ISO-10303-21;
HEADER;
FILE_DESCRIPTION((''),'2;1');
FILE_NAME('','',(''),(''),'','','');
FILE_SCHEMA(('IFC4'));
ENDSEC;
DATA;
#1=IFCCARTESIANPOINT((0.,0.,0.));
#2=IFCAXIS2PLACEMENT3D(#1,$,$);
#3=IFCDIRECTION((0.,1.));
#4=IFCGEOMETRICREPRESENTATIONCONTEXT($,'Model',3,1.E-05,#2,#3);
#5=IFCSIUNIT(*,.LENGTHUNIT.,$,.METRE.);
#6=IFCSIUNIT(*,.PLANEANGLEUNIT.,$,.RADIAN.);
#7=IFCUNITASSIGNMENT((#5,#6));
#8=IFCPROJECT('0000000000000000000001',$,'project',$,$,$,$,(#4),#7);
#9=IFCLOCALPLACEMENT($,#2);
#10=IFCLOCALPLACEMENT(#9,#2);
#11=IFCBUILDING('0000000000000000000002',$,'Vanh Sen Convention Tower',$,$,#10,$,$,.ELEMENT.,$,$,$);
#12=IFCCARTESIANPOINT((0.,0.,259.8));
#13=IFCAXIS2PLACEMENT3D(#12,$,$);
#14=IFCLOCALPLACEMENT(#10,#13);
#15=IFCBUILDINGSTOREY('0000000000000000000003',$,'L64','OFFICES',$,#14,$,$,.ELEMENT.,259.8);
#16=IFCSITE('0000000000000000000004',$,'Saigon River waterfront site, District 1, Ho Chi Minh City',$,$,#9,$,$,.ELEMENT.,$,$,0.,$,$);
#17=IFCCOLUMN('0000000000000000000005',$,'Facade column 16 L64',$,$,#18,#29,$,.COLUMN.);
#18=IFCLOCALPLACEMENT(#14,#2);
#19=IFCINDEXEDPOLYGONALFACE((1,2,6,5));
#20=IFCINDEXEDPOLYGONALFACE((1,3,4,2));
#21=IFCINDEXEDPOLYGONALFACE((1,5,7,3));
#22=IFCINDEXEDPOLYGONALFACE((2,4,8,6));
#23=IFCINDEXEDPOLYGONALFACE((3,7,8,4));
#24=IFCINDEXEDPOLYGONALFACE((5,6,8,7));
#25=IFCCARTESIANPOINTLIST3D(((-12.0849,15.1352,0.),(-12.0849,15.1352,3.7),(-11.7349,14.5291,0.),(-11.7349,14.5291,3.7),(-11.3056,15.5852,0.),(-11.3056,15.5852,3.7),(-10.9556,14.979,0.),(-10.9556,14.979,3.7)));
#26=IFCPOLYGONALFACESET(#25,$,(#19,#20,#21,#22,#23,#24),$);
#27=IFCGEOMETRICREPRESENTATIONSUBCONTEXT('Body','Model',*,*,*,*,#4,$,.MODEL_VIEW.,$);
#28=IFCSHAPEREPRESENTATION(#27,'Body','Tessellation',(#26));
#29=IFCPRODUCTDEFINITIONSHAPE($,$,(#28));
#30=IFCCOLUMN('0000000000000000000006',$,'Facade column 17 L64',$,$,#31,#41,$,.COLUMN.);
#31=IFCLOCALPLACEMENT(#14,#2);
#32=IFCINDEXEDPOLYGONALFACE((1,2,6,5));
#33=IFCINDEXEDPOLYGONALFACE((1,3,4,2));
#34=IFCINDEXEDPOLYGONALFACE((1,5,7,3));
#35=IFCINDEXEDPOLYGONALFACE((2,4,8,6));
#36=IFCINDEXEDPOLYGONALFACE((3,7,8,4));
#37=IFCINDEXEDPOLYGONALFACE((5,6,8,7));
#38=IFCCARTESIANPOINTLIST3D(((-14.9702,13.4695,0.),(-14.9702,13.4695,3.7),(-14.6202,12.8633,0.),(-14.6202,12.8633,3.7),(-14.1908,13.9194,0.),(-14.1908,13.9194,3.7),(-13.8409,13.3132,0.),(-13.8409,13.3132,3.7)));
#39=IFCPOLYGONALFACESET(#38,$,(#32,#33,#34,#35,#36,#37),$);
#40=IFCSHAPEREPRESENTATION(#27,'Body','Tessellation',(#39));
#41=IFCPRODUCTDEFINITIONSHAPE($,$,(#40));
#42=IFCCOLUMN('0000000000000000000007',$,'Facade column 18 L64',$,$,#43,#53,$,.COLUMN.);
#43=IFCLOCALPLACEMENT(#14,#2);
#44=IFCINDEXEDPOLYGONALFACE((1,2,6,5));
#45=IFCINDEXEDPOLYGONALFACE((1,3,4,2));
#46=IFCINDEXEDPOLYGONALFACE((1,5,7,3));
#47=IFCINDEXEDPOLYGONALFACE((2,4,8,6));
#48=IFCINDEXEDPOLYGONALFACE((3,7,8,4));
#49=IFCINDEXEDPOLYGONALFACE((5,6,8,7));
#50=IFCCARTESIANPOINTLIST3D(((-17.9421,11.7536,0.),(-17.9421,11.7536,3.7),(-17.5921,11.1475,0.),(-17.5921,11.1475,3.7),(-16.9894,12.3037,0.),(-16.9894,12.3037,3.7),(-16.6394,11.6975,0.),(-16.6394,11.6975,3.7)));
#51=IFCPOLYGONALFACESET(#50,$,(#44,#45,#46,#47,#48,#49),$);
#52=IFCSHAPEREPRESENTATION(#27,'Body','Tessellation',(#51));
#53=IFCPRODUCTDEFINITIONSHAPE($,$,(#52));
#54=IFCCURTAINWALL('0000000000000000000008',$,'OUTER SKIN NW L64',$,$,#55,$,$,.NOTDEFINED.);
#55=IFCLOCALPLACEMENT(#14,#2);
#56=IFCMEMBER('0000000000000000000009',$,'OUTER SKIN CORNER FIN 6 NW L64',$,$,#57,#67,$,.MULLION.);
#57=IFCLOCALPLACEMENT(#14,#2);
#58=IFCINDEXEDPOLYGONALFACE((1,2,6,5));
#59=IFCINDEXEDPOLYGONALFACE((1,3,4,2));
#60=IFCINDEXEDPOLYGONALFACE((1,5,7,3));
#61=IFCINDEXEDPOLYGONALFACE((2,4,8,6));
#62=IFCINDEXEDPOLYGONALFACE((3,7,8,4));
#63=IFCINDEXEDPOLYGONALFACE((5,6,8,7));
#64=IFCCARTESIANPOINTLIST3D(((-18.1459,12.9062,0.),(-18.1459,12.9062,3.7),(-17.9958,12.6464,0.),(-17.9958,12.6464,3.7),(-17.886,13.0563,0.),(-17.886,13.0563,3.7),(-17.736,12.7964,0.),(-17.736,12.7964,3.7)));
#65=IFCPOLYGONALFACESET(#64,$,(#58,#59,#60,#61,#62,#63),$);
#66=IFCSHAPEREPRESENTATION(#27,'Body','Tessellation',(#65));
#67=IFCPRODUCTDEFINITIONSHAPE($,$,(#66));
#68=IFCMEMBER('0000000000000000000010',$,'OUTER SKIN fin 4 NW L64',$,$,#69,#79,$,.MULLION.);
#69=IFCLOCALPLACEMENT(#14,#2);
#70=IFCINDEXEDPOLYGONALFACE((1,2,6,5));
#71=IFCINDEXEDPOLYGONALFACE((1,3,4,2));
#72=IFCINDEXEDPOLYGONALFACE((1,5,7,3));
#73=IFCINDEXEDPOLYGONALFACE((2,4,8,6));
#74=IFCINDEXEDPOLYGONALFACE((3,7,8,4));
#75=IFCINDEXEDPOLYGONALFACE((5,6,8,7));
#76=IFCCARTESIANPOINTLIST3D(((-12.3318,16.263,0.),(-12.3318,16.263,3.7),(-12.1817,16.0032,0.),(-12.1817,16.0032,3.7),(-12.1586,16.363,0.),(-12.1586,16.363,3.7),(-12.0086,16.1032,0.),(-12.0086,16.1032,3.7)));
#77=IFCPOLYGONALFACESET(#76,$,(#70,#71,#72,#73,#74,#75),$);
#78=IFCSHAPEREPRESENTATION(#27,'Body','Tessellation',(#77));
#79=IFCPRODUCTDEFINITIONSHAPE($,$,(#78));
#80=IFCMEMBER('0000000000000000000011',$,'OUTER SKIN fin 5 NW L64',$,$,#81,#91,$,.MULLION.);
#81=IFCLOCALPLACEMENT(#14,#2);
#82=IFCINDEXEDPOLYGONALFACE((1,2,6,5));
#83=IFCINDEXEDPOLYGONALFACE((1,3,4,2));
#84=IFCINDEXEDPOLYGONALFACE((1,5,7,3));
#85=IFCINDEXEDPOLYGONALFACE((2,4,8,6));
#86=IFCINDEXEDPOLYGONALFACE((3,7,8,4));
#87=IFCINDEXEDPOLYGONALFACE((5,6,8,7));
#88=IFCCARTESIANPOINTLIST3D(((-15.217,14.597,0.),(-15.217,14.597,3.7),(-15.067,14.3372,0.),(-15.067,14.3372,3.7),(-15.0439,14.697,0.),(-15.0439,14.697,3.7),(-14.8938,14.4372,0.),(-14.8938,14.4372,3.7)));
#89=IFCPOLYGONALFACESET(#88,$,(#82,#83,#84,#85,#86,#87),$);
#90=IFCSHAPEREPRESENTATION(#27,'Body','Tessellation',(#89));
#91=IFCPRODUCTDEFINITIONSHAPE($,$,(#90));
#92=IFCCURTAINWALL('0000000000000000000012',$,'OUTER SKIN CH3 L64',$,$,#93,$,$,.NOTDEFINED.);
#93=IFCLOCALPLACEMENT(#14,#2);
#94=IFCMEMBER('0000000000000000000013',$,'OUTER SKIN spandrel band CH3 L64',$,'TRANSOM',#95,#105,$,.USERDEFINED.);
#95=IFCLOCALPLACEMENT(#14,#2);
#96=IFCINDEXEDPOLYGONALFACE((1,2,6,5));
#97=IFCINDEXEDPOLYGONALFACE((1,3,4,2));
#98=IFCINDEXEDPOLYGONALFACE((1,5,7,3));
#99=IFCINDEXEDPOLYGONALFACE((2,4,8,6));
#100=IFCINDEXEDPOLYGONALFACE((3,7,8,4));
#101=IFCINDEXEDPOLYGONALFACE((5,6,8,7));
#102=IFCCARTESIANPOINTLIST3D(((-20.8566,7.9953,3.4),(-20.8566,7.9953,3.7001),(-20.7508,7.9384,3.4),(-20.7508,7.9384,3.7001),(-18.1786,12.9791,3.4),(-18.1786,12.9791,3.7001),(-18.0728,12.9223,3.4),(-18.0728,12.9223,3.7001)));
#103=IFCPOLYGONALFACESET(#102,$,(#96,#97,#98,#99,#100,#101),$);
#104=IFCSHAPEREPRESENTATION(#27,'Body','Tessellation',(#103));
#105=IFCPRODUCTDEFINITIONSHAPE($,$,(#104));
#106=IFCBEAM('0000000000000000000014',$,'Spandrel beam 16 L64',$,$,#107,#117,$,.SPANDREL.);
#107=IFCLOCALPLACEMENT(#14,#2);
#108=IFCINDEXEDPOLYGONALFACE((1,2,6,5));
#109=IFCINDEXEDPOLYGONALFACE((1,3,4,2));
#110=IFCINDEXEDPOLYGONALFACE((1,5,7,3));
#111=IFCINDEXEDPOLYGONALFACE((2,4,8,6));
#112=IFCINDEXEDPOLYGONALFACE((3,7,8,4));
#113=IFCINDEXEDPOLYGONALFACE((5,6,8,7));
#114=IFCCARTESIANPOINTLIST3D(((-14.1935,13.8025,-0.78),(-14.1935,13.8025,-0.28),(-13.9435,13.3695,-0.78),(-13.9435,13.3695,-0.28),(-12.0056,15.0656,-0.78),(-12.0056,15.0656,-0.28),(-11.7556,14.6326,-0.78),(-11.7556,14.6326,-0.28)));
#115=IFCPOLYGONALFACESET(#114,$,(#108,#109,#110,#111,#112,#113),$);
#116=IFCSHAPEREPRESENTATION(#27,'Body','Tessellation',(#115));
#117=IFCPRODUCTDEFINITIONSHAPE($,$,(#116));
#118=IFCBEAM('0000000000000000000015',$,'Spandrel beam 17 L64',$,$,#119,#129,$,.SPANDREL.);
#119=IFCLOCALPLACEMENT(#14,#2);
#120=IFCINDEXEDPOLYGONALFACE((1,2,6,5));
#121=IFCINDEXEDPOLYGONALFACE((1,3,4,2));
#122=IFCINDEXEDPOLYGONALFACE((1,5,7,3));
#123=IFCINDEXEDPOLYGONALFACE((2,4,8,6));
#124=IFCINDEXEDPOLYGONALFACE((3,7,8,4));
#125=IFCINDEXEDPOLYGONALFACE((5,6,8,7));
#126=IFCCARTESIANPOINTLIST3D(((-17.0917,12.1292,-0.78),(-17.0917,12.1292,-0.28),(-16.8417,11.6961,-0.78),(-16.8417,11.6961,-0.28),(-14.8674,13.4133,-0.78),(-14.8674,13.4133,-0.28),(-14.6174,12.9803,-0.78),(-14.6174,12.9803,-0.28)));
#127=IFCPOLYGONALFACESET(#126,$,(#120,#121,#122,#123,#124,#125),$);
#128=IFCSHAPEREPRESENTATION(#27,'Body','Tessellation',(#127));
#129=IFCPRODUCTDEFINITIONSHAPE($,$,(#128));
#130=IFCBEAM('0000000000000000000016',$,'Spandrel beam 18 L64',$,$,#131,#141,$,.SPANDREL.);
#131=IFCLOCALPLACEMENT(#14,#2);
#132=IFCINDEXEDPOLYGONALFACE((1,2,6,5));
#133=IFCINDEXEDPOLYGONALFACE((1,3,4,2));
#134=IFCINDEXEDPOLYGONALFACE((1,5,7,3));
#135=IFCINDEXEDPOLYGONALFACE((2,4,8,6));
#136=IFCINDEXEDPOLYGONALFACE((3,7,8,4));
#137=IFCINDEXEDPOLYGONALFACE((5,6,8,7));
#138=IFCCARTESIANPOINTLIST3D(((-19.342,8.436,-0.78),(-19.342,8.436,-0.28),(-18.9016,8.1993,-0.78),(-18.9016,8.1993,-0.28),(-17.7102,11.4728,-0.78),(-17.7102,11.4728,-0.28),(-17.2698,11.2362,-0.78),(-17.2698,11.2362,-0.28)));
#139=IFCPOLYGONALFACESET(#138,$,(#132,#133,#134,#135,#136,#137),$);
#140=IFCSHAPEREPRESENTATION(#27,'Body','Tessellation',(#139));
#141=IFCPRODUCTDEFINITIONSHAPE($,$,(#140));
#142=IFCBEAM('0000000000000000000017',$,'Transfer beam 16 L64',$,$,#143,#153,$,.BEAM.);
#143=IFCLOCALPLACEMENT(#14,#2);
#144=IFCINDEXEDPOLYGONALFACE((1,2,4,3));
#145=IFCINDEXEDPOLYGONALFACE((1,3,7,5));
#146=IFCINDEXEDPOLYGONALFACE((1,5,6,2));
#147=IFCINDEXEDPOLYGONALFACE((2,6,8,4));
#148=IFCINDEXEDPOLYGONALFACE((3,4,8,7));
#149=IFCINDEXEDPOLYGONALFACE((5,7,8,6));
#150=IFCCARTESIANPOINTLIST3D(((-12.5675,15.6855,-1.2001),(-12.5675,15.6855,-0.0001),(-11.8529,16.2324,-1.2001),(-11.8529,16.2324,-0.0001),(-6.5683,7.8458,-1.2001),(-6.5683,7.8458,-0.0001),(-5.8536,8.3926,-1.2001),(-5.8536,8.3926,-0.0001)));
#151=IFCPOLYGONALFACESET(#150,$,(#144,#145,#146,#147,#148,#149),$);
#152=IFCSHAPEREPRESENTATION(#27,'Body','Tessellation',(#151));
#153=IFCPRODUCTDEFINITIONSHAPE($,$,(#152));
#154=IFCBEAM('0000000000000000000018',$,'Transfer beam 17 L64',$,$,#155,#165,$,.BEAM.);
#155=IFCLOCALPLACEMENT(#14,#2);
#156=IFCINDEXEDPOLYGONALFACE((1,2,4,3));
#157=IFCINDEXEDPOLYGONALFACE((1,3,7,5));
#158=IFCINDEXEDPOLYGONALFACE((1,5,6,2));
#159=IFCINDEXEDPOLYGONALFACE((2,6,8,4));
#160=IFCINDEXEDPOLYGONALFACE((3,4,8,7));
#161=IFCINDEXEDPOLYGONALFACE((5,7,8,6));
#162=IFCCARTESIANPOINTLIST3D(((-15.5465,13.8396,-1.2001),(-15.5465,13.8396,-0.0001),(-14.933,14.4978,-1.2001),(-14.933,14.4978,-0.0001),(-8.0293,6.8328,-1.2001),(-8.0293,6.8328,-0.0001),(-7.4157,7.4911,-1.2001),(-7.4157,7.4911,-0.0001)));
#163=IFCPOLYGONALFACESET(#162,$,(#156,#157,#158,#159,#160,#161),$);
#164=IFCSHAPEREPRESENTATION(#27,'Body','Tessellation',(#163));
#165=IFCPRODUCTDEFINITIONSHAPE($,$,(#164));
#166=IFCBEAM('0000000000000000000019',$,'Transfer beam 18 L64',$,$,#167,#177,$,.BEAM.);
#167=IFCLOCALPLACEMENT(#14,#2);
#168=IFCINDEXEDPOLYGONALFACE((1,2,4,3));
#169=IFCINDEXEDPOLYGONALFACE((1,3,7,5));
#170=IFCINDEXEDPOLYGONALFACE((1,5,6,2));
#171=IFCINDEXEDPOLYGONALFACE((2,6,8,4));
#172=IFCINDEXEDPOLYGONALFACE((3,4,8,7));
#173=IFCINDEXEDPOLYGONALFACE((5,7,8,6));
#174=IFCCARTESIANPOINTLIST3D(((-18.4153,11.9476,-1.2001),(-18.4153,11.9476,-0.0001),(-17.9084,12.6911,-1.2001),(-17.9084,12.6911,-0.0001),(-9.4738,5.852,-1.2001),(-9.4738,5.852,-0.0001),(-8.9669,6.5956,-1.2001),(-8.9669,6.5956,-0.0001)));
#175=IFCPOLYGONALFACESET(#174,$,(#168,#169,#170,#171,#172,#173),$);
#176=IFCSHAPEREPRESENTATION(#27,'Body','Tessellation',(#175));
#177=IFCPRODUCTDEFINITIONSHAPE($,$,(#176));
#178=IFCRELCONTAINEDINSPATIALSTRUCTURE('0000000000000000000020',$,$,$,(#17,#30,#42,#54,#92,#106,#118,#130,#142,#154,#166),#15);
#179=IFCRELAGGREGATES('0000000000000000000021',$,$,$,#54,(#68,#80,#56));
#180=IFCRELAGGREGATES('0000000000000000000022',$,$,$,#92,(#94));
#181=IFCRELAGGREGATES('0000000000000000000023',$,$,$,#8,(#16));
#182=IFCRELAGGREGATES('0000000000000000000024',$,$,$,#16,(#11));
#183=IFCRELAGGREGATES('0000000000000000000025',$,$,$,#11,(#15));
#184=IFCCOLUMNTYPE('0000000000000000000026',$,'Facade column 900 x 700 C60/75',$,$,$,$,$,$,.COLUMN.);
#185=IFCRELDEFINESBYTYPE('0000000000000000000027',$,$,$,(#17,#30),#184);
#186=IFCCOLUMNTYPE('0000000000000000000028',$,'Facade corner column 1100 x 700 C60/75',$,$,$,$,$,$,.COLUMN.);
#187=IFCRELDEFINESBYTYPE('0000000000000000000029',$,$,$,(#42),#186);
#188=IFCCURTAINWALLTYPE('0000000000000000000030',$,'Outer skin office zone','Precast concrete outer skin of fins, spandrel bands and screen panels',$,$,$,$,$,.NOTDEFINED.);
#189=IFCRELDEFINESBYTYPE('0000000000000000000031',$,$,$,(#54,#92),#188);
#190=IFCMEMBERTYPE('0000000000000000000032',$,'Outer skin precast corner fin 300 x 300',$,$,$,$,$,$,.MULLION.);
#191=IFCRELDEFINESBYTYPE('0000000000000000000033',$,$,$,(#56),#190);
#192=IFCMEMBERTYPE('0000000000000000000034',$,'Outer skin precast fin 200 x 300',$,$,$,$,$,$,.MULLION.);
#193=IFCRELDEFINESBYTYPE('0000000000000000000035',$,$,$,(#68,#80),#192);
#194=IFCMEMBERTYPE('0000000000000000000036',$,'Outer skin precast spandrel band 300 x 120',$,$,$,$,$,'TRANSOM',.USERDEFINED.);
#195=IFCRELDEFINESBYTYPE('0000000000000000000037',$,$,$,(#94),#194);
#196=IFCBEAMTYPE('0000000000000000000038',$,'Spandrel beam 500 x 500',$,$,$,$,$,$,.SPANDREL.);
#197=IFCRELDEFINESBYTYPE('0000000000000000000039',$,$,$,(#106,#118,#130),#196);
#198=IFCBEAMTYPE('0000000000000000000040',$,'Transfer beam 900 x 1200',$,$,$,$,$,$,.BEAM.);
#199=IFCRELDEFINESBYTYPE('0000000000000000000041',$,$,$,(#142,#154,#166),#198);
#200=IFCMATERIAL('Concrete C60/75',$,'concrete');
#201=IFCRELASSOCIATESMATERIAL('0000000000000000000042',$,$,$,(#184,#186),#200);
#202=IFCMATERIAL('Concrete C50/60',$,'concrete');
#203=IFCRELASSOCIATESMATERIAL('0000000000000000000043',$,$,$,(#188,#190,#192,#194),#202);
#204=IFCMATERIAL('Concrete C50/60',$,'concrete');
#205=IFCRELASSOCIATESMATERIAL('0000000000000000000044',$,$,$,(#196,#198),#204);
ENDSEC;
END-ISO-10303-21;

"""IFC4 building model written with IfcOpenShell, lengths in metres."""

from ifc_helpers import new_model, si_unit, direction, frame, origin, origin_2d, place, context, subcontext, project, spatial, rectangle, extrude, material, material_profile, profile_set, type_object, element, aggregate, save


model = new_model("IFC4")

# Units and contexts
model_context = context("Model", 3, precision=1e-05, world=origin(), true_north=direction((0.0, 1.0)))
body_context = subcontext(model_context, "Body", "Model", "MODEL_VIEW")
ifc_project = project(units=[si_unit("LENGTHUNIT", "METRE"), si_unit("PLANEANGLEUNIT", "RADIAN")], contexts=[model_context])

# Site, building, storey
site_placement = place(None, origin())
site = spatial("IfcSite", under=ifc_project, at=site_placement, Name="Saigon River waterfront site, District 1, Ho Chi Minh City", CompositionType="ELEMENT", RefElevation=0.0)
building_placement = place(site_placement, origin())
building = spatial("IfcBuilding", under=site, at=building_placement, Name="Vanh Sen Convention Tower", CompositionType="ELEMENT")
storey_placement = place(building_placement, frame((0.0, 0.0, 259.8)))
storey = spatial("IfcBuildingStorey", under=building, at=storey_placement, Name="L64", Description="OFFICES", CompositionType="ELEMENT", Elevation=259.8)

# Columns
ifc_material_1 = material(Name="Concrete C60/75", Category="concrete")
ifc_material_profile_1 = material_profile(ifc_material_1, rectangle(XDim=0.8999, YDim=0.7, at=origin_2d()), Name="RC 900X700")
ifc_profile_set_1 = profile_set([ifc_material_profile_1], Name="Concrete C60/75")
column_type_1 = type_object("IfcColumnType", Name="Facade column 900 x 700 C60/75", PredefinedType="COLUMN", material=ifc_profile_set_1)
for number, where, z_axis, x_axis, name in (
    (1, (-11.5203, 15.0571, 0.0), (0.0, 0.0, 1.0), (-0.866025, -0.5, 0.0), "Facade column 16 L64"),
    (2, (-14.4055, 13.3914, 0.0), (0.0, 0.0, 1.0), (-0.866025, -0.5, 0.0), "Facade column 17 L64"),
):
    element("IfcColumn", number, at=place(storey_placement, frame(where, z_axis=z_axis, x_axis=x_axis)), inside=storey, type_object=column_type_1, Name=name, PredefinedType="COLUMN", context=body_context, shape_type="SweptSolid", body=[
        extrude(rectangle(XDim=0.8999, YDim=0.7, at=origin_2d()), origin(), (0.0, 0.0, 1.0), 3.7),
    ])
ifc_material_profile_2 = material_profile(ifc_material_1, rectangle(XDim=1.1001, YDim=0.7, at=origin_2d()), Name="RC 1100X700")
ifc_profile_set_2 = profile_set([ifc_material_profile_2], Name="Concrete C60/75")
column_type_2 = type_object("IfcColumnType", Name="Facade corner column 1100 x 700 C60/75", PredefinedType="COLUMN", material=ifc_profile_set_2)
column_placement = place(storey_placement, frame((-17.2908, 11.7256, 0.0), z_axis=(0.0, 0.0, 1.0), x_axis=(-0.866025, -0.5, 0.0)))
element("IfcColumn", 3, at=column_placement, inside=storey, type_object=column_type_2, Name="Facade column 18 L64", PredefinedType="COLUMN", context=body_context, shape_type="SweptSolid", body=[
    extrude(rectangle(XDim=1.1001, YDim=0.7, at=origin_2d()), origin(), (0.0, 0.0, 1.0), 3.7),
])

# Curtain wall, members
ifc_material_2 = material(Name="Concrete C50/60", Category="concrete")
curtain_wall_type = type_object("IfcCurtainWallType", Name="Outer skin office zone", Description="Precast concrete outer skin of fins, spandrel bands and screen panels", PredefinedType="NOTDEFINED", material=ifc_material_2)
curtain_wall_1_placement = place(storey_placement, origin())
curtain_wall_1 = element("IfcCurtainWall", 4, at=curtain_wall_1_placement, inside=storey, type_object=curtain_wall_type, Name="OUTER SKIN NW L64", PredefinedType="NOTDEFINED")
ifc_material_profile_3 = material_profile(ifc_material_2, rectangle(XDim=0.3, YDim=0.3, at=origin_2d()), Name="Outer skin precast corner fin 300 x 300")
ifc_profile_set_3 = profile_set([ifc_material_profile_3], Name="Concrete C50/60")
member_type_1 = type_object("IfcMemberType", Name="Outer skin precast corner fin 300 x 300", PredefinedType="MULLION", material=ifc_profile_set_3)
member_1_placement = place(storey_placement, frame((-17.9409, 12.8513, 0.0), z_axis=(0.0, 0.0, 1.0), x_axis=(-0.866025, -0.5, 0.0)))
member_1 = element("IfcMember", 5, at=member_1_placement, type_object=member_type_1, Name="OUTER SKIN CORNER FIN 6 NW L64", PredefinedType="MULLION", context=body_context, shape_type="SweptSolid", body=[
    extrude(rectangle(XDim=0.3, YDim=0.3, at=origin_2d()), origin(), (0.0, 0.0, 1.0), 3.7),
])
ifc_material_profile_4 = material_profile(ifc_material_2, rectangle(XDim=0.2, YDim=0.3, at=origin_2d()), Name="Outer skin precast fin 200 x 300")
ifc_profile_set_4 = profile_set([ifc_material_profile_4], Name="Concrete C50/60")
member_type_2 = type_object("IfcMemberType", Name="Outer skin precast fin 200 x 300", PredefinedType="MULLION", material=ifc_profile_set_4)
member_2_placement = place(storey_placement, frame((-12.1702, 16.1831, 0.0), z_axis=(0.0, 0.0, 1.0), x_axis=(-0.866025, -0.5, 0.0)))
member_2 = element("IfcMember", 6, at=member_2_placement, type_object=member_type_2, Name="OUTER SKIN fin 4 NW L64", PredefinedType="MULLION", context=body_context, shape_type="SweptSolid", body=[
    extrude(rectangle(XDim=0.2, YDim=0.3, at=origin_2d()), origin(), (0.0, 0.0, 1.0), 3.7),
])
member_3_placement = place(storey_placement, frame((-15.0554, 14.5171, 0.0), z_axis=(0.0, 0.0, 1.0), x_axis=(-0.866025, -0.5, 0.0)))
member_3 = element("IfcMember", 7, at=member_3_placement, type_object=member_type_2, Name="OUTER SKIN fin 5 NW L64", PredefinedType="MULLION", context=body_context, shape_type="SweptSolid", body=[
    extrude(rectangle(XDim=0.2, YDim=0.3, at=origin_2d()), origin(), (0.0, 0.0, 1.0), 3.7),
])

# Curtain wall, member
curtain_wall_2_placement = place(storey_placement, origin())
curtain_wall_2 = element("IfcCurtainWall", 8, at=curtain_wall_2_placement, inside=storey, type_object=curtain_wall_type, Name="OUTER SKIN CH3 L64", PredefinedType="NOTDEFINED")
ifc_material_profile_5 = material_profile(ifc_material_2, rectangle(XDim=0.1201, YDim=0.3, at=origin_2d()), Name="Outer skin precast spandrel band 300 x 120")
ifc_profile_set_5 = profile_set([ifc_material_profile_5], Name="Concrete C50/60")
member_type_3 = type_object("IfcMemberType", Name="Outer skin precast spandrel band 300 x 120", ElementType="TRANSOM", PredefinedType="USERDEFINED", material=ifc_profile_set_5)
member_4_placement = place(storey_placement, frame((-18.1257, 12.9507, 3.55), z_axis=(-0.473325, -0.880888, 0.0), x_axis=(0.880888, -0.473325, 0.0)))
member_4 = element("IfcMember", 9, at=member_4_placement, type_object=member_type_3, Name="OUTER SKIN spandrel band CH3 L64", ObjectType="TRANSOM", PredefinedType="USERDEFINED", context=body_context, shape_type="SweptSolid", body=[
    extrude(rectangle(XDim=0.1201, YDim=0.3, at=origin_2d()), origin(), (0.0, 0.0, 1.0), 5.6577),
])

# Beams
ifc_material_3 = material(Name="Concrete C50/60", Category="concrete")
ifc_material_profile_6 = material_profile(ifc_material_3, rectangle(XDim=0.5, YDim=0.5, at=origin_2d()), Name="RC 500X500")
ifc_profile_set_6 = profile_set([ifc_material_profile_6], Name="Concrete C50/60")
beam_type_1 = type_object("IfcBeamType", Name="Spandrel beam 500 x 500", PredefinedType="SPANDREL", material=ifc_profile_set_6)
beam_1_placement = place(storey_placement, frame((-11.8806, 14.8491, -0.53), z_axis=(-0.866034, -0.499985, 0.0), x_axis=(0.499985, -0.866034, 0.0)))
element("IfcBeam", 10, at=beam_1_placement, inside=storey, type_object=beam_type_1, Name="Spandrel beam 16 L64", PredefinedType="SPANDREL", context=body_context, shape_type="SweptSolid", body=[
    extrude(rectangle(XDim=0.5, YDim=0.5, at=origin_2d()), origin(), (0.0, 0.0, 1.0), 2.5264),
])
beam_2_placement = place(storey_placement, frame((-14.7424, 13.1968, -0.53), z_axis=(-0.866035, -0.499983, 0.0), x_axis=(0.499983, -0.866035, 0.0)))
element("IfcBeam", 11, at=beam_2_placement, inside=storey, type_object=beam_type_1, Name="Spandrel beam 17 L64", PredefinedType="SPANDREL", context=body_context, shape_type="SweptSolid", body=[
    extrude(rectangle(XDim=0.5, YDim=0.5, at=origin_2d()), origin(), (0.0, 0.0, 1.0), 2.5684),
])
beam_3_placement = place(storey_placement, frame((-17.49, 11.3545, -0.53), z_axis=(-0.473335, -0.880882, 0.0), x_axis=(0.880882, -0.473335, 0.0)))
element("IfcBeam", 12, at=beam_3_placement, inside=storey, type_object=beam_type_1, Name="Spandrel beam 18 L64", PredefinedType="SPANDREL", context=body_context, shape_type="SweptSolid", body=[
    extrude(rectangle(XDim=0.5, YDim=0.5, at=origin_2d()), origin(), (0.0, 0.0, 1.0), 3.4475),
])
ifc_material_profile_7 = material_profile(ifc_material_3, rectangle(XDim=0.8999, YDim=1.2, at=origin_2d()), Name="RC 900X1200")
ifc_profile_set_7 = profile_set([ifc_material_profile_7], Name="Concrete C50/60")
beam_type_2 = type_object("IfcBeamType", Name="Transfer beam 900 x 1200", PredefinedType="BEAM", material=ifc_profile_set_7)
beam_4_placement = place(storey_placement, frame((-12.2102, 15.959, -0.6001), z_axis=(0.607712, -0.794158, 0.0), x_axis=(0.794158, 0.607712, 0.0)))
element("IfcBeam", 13, at=beam_4_placement, inside=storey, type_object=beam_type_2, Name="Transfer beam 16 L64", PredefinedType="BEAM", context=body_context, shape_type="SweptSolid", body=[
    extrude(rectangle(XDim=0.8999, YDim=1.2, at=origin_2d()), origin(), (0.0, 0.0, 1.0), 9.8718),
])
beam_5_placement = place(storey_placement, frame((-15.2397, 14.1687, -0.6001), z_axis=(0.731509, -0.681832, 0.0), x_axis=(0.681832, 0.731509, 0.0)))
element("IfcBeam", 14, at=beam_5_placement, inside=storey, type_object=beam_type_2, Name="Transfer beam 17 L64", PredefinedType="BEAM", context=body_context, shape_type="SweptSolid", body=[
    extrude(rectangle(XDim=0.8999, YDim=1.2, at=origin_2d()), origin(), (0.0, 0.0, 1.0), 10.2764),
])
beam_6_placement = place(storey_placement, frame((-18.1619, 12.3193, -0.6001), z_axis=(0.826268, -0.563277, 0.0), x_axis=(0.563277, 0.826268, 0.0)))
element("IfcBeam", 15, at=beam_6_placement, inside=storey, type_object=beam_type_2, Name="Transfer beam 18 L64", PredefinedType="BEAM", context=body_context, shape_type="SweptSolid", body=[
    extrude(rectangle(XDim=0.8999, YDim=1.2, at=origin_2d()), origin(), (0.0, 0.0, 1.0), 10.8215),
])

aggregate(curtain_wall_1, [member_2, member_3, member_1])
aggregate(curtain_wall_2, [member_4])

save(model, "model.ifc")
